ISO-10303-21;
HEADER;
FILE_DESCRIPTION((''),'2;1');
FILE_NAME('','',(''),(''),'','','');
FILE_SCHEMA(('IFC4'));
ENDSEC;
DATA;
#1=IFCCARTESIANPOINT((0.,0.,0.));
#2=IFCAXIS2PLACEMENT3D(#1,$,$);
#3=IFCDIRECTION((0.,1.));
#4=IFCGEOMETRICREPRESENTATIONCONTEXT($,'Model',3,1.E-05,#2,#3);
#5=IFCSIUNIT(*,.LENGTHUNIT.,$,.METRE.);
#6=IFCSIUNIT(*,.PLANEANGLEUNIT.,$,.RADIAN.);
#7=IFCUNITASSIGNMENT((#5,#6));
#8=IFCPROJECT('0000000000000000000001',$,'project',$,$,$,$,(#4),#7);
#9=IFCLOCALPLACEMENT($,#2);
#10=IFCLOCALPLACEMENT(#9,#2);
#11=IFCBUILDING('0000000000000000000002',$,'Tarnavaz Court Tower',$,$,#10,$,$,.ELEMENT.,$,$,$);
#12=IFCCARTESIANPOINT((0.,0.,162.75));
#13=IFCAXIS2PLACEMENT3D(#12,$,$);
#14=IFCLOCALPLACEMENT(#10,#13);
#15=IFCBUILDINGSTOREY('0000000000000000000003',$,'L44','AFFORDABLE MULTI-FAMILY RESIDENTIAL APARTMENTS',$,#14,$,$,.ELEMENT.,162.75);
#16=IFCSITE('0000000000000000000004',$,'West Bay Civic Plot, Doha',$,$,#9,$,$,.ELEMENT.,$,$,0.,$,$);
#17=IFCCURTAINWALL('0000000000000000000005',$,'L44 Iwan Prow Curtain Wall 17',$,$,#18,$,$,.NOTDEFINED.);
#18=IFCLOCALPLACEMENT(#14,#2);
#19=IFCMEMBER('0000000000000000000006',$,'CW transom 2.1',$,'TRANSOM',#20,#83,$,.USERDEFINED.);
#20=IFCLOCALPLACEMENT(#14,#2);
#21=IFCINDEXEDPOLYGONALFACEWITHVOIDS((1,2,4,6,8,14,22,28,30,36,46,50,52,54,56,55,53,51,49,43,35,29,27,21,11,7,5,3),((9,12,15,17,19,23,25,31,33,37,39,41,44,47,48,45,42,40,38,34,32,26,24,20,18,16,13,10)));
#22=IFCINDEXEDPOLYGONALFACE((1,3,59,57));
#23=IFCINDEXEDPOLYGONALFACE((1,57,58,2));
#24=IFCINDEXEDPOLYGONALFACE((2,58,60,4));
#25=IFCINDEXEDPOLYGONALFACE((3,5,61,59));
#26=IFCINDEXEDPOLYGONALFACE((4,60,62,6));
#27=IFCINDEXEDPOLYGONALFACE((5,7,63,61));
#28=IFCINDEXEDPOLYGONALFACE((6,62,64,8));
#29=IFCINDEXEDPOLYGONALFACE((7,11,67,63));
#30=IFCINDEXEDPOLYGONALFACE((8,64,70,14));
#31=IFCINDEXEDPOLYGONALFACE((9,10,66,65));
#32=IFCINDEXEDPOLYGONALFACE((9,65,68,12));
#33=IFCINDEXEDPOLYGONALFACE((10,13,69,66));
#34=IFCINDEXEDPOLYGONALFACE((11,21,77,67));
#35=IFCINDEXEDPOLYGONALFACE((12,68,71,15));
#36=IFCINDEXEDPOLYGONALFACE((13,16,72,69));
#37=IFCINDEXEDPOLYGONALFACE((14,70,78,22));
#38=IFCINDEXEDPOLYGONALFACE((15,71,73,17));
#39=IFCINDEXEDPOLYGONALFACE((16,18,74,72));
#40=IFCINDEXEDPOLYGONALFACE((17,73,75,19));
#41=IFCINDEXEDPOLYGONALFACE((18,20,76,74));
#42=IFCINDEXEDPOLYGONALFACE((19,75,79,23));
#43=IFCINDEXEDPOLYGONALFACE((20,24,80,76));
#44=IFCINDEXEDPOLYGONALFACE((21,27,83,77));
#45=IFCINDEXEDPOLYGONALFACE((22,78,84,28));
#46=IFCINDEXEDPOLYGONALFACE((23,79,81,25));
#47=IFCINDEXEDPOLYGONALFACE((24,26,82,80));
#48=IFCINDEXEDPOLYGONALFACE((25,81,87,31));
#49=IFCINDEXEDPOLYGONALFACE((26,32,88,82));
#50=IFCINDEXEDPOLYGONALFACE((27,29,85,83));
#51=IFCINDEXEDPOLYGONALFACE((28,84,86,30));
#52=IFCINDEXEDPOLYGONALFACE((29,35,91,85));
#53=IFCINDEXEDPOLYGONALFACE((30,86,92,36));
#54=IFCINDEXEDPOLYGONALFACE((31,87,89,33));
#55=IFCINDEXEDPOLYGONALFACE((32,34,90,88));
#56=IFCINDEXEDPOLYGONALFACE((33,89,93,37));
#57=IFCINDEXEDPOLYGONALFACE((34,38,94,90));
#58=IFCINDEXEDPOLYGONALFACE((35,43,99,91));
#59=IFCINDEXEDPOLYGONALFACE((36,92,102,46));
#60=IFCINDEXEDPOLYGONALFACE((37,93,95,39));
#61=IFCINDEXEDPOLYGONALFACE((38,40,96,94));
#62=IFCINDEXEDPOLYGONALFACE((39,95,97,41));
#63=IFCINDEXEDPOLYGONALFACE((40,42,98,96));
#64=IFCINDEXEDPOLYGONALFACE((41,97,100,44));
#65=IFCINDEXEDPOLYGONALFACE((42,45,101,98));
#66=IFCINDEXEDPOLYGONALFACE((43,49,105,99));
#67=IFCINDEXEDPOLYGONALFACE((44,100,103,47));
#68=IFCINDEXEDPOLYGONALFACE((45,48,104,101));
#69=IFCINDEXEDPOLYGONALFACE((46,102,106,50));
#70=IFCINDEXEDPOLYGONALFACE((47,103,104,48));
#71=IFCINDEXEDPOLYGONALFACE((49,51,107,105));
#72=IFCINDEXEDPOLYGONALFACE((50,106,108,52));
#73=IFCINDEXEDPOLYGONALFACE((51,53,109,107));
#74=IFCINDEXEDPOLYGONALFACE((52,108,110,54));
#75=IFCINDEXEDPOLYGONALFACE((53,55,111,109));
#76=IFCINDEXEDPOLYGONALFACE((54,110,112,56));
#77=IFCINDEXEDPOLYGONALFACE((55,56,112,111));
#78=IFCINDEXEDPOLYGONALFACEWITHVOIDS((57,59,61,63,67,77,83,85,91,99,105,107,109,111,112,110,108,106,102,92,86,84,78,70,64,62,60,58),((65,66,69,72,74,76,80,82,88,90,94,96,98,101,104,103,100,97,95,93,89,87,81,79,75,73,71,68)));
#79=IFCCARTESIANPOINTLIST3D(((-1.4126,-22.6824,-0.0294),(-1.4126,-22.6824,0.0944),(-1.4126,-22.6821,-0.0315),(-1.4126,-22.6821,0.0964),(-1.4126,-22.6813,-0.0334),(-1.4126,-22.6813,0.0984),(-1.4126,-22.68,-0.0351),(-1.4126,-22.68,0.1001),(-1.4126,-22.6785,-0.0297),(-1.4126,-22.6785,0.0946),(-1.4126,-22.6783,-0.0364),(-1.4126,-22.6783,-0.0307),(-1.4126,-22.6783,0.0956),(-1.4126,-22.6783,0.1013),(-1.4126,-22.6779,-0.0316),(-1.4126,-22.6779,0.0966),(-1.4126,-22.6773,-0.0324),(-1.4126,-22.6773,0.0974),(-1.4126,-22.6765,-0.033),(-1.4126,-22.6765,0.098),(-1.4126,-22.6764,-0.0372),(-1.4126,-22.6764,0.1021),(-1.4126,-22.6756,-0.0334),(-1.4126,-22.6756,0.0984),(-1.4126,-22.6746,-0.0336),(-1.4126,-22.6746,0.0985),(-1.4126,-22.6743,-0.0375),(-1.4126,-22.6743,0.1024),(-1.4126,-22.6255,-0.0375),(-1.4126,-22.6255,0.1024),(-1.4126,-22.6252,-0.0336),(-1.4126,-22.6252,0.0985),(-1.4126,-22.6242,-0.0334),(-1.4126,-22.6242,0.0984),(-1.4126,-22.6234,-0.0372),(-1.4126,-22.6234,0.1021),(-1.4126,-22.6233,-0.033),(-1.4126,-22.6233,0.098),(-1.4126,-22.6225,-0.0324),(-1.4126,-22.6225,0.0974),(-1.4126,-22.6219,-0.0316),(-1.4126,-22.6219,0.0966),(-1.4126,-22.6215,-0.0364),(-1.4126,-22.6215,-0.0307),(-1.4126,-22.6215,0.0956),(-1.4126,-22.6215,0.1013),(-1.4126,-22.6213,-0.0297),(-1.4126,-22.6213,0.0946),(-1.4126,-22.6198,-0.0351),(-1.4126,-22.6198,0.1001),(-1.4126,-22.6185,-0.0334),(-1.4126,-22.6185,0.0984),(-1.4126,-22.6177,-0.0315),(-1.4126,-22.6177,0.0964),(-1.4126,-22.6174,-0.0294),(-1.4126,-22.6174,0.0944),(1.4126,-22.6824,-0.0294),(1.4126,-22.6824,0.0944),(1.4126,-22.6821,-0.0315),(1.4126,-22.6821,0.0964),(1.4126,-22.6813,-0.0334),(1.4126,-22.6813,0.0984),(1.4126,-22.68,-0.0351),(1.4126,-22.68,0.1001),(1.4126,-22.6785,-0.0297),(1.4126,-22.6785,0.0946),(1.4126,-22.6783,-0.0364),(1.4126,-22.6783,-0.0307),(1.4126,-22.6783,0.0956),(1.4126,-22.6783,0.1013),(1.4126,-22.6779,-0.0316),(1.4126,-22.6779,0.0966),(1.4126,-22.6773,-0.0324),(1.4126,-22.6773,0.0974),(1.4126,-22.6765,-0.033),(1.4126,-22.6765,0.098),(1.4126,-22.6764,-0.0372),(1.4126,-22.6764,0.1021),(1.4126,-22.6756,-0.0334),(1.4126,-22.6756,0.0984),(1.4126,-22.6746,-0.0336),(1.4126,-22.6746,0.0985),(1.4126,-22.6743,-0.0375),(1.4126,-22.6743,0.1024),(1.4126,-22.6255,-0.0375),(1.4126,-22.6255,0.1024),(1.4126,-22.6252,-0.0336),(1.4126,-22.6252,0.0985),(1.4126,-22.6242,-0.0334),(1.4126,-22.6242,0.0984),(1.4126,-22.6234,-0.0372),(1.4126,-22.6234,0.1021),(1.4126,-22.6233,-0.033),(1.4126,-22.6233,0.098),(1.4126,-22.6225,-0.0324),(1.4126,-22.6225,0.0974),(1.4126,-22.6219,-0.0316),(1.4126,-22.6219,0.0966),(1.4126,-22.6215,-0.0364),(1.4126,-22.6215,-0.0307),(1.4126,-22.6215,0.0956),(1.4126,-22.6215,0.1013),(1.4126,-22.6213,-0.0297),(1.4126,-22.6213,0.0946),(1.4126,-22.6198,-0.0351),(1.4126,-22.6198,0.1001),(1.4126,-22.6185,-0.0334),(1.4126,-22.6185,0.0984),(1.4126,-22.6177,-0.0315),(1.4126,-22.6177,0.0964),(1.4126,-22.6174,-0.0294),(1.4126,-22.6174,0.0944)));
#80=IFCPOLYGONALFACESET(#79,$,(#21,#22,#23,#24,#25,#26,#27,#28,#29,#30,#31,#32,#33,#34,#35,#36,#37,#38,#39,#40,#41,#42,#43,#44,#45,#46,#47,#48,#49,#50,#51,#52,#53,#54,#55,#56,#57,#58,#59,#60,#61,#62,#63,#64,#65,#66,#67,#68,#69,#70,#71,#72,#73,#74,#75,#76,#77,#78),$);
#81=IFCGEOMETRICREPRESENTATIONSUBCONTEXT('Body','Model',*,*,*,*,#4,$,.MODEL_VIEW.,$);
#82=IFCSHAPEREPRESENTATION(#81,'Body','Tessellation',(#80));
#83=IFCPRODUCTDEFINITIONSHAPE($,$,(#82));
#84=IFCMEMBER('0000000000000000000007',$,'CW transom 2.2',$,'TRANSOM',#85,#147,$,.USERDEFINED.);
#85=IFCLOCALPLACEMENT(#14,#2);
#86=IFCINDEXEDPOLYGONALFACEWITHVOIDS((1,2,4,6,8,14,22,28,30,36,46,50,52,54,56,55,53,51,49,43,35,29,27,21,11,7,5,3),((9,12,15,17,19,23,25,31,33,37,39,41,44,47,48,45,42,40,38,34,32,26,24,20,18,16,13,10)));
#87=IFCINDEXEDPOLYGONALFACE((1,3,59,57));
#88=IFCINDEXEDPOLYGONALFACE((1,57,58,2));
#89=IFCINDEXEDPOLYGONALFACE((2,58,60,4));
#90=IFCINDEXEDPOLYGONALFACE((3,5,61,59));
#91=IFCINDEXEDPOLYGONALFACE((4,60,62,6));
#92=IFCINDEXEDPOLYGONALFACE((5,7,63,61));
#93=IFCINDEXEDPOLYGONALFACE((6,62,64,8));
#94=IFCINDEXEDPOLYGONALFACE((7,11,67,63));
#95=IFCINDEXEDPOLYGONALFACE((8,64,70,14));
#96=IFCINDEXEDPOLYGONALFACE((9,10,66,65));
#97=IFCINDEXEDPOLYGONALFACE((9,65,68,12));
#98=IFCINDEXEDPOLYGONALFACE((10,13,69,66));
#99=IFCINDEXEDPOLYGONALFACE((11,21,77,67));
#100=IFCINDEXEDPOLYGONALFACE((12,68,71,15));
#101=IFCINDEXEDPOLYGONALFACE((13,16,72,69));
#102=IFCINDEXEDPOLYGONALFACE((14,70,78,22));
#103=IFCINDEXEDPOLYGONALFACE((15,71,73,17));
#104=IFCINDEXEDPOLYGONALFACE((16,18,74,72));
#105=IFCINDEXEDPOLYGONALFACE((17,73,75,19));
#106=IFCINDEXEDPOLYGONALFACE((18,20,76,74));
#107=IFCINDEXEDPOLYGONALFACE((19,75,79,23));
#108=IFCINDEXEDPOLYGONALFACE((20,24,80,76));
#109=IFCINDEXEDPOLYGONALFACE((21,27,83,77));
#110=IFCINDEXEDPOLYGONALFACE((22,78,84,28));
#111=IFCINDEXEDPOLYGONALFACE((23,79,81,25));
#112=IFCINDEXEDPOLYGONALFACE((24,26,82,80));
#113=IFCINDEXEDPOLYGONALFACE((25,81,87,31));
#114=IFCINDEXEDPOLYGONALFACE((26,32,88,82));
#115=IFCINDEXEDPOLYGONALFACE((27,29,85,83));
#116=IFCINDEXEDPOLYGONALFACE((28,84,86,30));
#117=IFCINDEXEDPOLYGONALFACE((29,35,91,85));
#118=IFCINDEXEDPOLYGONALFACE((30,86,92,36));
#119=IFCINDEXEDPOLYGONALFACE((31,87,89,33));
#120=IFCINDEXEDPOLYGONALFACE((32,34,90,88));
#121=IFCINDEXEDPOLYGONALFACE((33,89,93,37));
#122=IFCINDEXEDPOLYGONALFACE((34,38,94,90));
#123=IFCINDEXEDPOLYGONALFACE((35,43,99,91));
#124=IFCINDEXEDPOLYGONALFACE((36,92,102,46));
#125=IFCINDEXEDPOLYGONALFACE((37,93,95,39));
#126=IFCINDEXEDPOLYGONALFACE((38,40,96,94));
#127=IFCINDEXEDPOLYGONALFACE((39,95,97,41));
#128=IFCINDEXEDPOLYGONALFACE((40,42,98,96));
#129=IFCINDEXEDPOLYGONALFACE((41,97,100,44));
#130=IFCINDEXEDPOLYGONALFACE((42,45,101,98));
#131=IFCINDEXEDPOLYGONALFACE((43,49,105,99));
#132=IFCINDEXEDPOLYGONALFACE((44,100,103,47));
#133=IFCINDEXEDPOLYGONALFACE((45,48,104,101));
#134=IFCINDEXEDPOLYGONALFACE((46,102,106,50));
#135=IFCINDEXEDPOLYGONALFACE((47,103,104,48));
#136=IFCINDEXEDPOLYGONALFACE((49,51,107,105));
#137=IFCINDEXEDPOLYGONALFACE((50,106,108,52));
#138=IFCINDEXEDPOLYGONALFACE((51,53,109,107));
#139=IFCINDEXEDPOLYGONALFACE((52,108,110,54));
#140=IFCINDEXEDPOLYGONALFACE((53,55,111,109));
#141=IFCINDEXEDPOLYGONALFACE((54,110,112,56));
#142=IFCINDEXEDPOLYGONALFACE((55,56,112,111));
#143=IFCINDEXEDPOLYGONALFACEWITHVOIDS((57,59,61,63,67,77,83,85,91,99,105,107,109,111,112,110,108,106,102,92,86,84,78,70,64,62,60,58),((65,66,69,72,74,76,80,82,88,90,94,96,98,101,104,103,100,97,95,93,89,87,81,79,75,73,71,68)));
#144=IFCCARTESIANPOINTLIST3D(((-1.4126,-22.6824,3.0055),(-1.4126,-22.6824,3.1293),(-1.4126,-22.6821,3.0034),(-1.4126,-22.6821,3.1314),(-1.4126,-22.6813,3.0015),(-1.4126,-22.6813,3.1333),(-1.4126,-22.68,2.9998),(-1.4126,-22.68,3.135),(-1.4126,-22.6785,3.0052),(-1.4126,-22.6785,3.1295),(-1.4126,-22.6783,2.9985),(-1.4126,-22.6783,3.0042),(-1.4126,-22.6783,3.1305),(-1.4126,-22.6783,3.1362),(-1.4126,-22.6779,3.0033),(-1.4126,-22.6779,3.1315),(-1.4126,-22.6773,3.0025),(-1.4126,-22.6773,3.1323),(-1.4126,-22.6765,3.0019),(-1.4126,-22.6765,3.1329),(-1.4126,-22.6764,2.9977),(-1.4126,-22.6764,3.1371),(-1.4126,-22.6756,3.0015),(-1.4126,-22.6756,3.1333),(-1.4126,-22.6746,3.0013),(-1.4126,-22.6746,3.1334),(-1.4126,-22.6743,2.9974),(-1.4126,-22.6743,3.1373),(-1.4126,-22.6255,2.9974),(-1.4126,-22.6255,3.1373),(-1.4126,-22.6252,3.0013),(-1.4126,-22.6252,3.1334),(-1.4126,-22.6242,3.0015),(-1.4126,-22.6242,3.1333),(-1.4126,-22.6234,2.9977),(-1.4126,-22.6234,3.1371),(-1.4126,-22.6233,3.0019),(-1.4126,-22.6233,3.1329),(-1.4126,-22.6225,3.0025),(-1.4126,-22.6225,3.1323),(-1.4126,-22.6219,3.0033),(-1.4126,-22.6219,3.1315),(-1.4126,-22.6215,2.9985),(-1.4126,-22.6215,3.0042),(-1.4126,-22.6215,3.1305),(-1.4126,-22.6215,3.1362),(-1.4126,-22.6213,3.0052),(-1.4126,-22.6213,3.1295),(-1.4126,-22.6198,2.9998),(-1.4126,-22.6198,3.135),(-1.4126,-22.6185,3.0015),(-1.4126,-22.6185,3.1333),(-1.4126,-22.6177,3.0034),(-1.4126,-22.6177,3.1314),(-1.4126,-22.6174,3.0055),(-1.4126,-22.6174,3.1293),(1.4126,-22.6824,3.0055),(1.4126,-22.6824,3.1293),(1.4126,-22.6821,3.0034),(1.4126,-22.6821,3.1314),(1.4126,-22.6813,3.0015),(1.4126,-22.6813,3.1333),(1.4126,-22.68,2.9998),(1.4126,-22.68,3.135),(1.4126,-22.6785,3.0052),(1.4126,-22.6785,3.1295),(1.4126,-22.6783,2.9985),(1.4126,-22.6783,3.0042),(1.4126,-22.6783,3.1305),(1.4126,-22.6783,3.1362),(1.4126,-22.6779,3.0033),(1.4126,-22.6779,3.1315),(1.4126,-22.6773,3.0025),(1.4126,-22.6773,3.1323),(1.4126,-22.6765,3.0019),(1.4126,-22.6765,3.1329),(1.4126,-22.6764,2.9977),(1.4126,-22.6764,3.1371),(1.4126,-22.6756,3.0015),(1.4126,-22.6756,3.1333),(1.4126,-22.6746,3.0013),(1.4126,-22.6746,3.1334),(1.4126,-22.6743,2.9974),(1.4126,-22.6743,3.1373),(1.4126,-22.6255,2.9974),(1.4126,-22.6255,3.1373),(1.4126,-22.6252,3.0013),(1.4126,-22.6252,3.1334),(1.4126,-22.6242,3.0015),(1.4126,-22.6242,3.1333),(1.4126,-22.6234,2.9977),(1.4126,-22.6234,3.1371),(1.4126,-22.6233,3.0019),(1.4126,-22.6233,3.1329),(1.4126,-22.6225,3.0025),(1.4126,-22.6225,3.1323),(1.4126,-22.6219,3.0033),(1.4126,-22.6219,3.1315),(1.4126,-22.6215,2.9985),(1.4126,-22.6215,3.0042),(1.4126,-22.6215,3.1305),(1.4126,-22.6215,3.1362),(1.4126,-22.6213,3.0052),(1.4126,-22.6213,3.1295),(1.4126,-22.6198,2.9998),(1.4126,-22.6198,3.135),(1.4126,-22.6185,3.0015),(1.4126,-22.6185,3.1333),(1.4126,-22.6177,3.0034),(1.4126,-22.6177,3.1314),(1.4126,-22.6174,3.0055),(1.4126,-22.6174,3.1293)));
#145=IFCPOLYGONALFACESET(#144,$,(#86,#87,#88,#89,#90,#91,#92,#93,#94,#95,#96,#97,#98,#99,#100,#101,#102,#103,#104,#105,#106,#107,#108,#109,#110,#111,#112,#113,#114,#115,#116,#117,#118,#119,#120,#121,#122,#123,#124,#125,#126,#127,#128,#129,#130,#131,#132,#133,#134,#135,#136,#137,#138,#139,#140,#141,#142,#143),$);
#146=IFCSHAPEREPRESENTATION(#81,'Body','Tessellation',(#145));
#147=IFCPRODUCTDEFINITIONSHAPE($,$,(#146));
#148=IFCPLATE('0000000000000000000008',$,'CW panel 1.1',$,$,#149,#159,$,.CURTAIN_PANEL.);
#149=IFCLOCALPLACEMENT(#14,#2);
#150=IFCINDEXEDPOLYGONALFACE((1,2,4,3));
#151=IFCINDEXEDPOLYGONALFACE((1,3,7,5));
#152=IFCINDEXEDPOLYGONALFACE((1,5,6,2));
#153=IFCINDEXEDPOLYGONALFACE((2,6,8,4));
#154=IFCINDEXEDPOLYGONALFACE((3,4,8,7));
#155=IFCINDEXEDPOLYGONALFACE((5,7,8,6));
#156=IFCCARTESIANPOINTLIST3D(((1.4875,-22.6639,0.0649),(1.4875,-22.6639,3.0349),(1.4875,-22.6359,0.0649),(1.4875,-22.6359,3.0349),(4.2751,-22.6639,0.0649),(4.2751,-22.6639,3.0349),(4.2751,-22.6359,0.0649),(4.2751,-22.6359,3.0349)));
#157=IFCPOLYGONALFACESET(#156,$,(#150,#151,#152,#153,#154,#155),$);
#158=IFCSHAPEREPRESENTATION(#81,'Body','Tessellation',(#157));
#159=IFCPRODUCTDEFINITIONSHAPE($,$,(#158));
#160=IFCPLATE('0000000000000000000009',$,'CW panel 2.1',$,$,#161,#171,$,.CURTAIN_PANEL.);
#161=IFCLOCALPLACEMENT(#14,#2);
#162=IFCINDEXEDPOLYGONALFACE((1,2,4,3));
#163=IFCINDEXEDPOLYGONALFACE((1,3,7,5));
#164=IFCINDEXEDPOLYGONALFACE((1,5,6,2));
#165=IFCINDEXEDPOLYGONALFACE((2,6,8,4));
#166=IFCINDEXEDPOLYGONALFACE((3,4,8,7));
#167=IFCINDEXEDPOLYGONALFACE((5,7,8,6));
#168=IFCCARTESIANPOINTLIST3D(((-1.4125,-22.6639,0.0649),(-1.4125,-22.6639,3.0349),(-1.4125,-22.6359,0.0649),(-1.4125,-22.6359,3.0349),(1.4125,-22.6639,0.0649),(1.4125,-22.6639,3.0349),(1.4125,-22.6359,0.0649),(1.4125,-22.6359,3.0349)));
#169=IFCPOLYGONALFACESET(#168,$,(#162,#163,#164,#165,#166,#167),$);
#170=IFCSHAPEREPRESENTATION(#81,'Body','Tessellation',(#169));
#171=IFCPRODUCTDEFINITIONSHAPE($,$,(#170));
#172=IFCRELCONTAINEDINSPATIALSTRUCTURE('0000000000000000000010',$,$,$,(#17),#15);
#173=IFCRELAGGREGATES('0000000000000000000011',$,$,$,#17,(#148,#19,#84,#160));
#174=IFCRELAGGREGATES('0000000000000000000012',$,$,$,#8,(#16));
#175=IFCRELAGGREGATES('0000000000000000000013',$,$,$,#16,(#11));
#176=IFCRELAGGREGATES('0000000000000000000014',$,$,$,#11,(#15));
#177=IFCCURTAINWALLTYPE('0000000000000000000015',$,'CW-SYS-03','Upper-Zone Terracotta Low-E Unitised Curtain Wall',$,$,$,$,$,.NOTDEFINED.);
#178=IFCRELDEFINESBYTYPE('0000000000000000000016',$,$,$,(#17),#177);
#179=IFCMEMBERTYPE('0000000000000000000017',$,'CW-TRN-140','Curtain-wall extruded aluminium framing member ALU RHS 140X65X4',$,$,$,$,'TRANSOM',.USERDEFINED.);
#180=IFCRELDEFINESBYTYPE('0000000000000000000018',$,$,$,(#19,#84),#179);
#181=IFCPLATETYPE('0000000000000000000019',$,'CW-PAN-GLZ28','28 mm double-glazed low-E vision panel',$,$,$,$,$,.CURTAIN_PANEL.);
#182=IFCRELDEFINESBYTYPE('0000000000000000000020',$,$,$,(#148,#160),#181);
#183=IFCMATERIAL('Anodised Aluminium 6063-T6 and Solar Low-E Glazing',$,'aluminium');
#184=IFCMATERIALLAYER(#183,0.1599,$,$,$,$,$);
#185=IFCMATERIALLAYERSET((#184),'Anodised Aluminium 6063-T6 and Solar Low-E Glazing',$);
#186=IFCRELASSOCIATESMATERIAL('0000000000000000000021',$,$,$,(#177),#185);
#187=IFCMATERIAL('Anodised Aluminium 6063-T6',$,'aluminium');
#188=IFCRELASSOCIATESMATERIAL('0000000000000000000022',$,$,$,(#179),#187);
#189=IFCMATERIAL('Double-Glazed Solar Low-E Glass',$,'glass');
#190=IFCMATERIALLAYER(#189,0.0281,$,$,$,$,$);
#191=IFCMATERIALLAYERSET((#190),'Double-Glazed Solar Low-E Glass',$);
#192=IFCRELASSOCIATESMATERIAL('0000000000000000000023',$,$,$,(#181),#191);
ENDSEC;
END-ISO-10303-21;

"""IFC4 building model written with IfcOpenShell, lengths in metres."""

from ifc_helpers import new_model, si_unit, direction, frame, origin, origin_2d, place, context, subcontext, project, spatial, rectangle, hollow_rectangle, extrude, material, layer, layer_set, material_profile, profile_set, type_object, element, aggregate, save


model = new_model("IFC4")

# Units and contexts
model_context = context("Model", 3, precision=1e-05, world=origin(), true_north=direction((0.0, 1.0)))
body_context = subcontext(model_context, "Body", "Model", "MODEL_VIEW")
ifc_project = project(units=[si_unit("LENGTHUNIT", "METRE"), si_unit("PLANEANGLEUNIT", "RADIAN")], contexts=[model_context])

# Site, building, storey
site_placement = place(None, origin())
site = spatial("IfcSite", under=ifc_project, at=site_placement, Name="West Bay Civic Plot, Doha", CompositionType="ELEMENT", RefElevation=0.0)
building_placement = place(site_placement, origin())
building = spatial("IfcBuilding", under=site, at=building_placement, Name="Tarnavaz Court Tower", CompositionType="ELEMENT")
storey_placement = place(building_placement, frame((0.0, 0.0, 162.75)))
storey = spatial("IfcBuildingStorey", under=building, at=storey_placement, Name="L44", Description="AFFORDABLE MULTI-FAMILY RESIDENTIAL APARTMENTS", CompositionType="ELEMENT", Elevation=162.75)

# Curtain wall, members, plates
ifc_material_1 = material(Name="Anodised Aluminium 6063-T6 and Solar Low-E Glazing", Category="aluminium")
ifc_layer_1 = layer(ifc_material_1, 0.1599)
ifc_layer_set_1 = layer_set([ifc_layer_1], Name="Anodised Aluminium 6063-T6 and Solar Low-E Glazing")
curtain_wall_type = type_object("IfcCurtainWallType", Name="CW-SYS-03", Description="Upper-Zone Terracotta Low-E Unitised Curtain Wall", PredefinedType="NOTDEFINED", material=ifc_layer_set_1)
curtain_wall_placement = place(storey_placement, origin())
curtain_wall = element("IfcCurtainWall", 1, at=curtain_wall_placement, inside=storey, type_object=curtain_wall_type, Name="L44 Iwan Prow Curtain Wall 17", PredefinedType="NOTDEFINED")
ifc_material_2 = material(Name="Anodised Aluminium 6063-T6", Category="aluminium")
ifc_material_profile_1 = material_profile(ifc_material_2, hollow_rectangle(XDim=0.0649, YDim=0.1399, WallThickness=0.0039, InnerFilletRadius=0.0039, OuterFilletRadius=0.0081, at=origin_2d()), Name="ALU RHS 140X65X4")
ifc_profile_set_1 = profile_set([ifc_material_profile_1], Name="Anodised Aluminium 6063-T6")
member_type_1 = type_object("IfcMemberType", Name="CW-TRN-140", Description="Curtain-wall extruded aluminium framing member ALU RHS 140X65X4", ElementType="TRANSOM", PredefinedType="USERDEFINED", material=ifc_profile_set_1)
member_1_placement = place(storey_placement, frame((1.4126, -22.6499, 0.0325), z_axis=(-1.0, 0.0, 0.0), x_axis=(0.0, -1.0, 0.0)))
member_1 = element("IfcMember", 2, at=member_1_placement, type_object=member_type_1, Name="CW transom 2.1", ObjectType="TRANSOM", PredefinedType="USERDEFINED", context=body_context, shape_type="SweptSolid", body=[
    extrude(hollow_rectangle(XDim=0.0649, YDim=0.1399, WallThickness=0.0039, InnerFilletRadius=0.0039, OuterFilletRadius=0.0081, at=origin_2d()), origin(), (0.0, 0.0, 1.0), 2.8252),
])
member_2_placement = place(storey_placement, frame((1.4126, -22.6499, 3.0674), z_axis=(-1.0, 0.0, 0.0), x_axis=(0.0, -1.0, 0.0)))
member_2 = element("IfcMember", 3, at=member_2_placement, type_object=member_type_1, Name="CW transom 2.2", ObjectType="TRANSOM", PredefinedType="USERDEFINED", context=body_context, shape_type="SweptSolid", body=[
    extrude(hollow_rectangle(XDim=0.0649, YDim=0.1399, WallThickness=0.0039, InnerFilletRadius=0.0039, OuterFilletRadius=0.0081, at=origin_2d()), origin(), (0.0, 0.0, 1.0), 2.8252),
])
ifc_material_3 = material(Name="Double-Glazed Solar Low-E Glass", Category="glass")
ifc_layer_2 = layer(ifc_material_3, 0.0281)
ifc_layer_set_2 = layer_set([ifc_layer_2], Name="Double-Glazed Solar Low-E Glass")
plate_type = type_object("IfcPlateType", Name="CW-PAN-GLZ28", Description="28 mm double-glazed low-E vision panel", PredefinedType="CURTAIN_PANEL", material=ifc_layer_set_2)
plate_1_placement = place(storey_placement, frame((2.8813, -22.6499, 0.0649), z_axis=(0.0, 0.0, 1.0), x_axis=(-1.0, 0.0, 0.0)))
plate_1 = element("IfcPlate", 4, at=plate_1_placement, type_object=plate_type, Name="CW panel 1.1", PredefinedType="CURTAIN_PANEL", context=body_context, shape_type="SweptSolid", body=[
    extrude(rectangle(XDim=2.7876, YDim=0.0281, at=origin_2d()), origin(), (0.0, 0.0, 1.0), 2.97),
])
plate_2_placement = place(storey_placement, frame((0.0, -22.6499, 0.0649), z_axis=(0.0, 0.0, 1.0), x_axis=(-1.0, 0.0, 0.0)))
plate_2 = element("IfcPlate", 5, at=plate_2_placement, type_object=plate_type, Name="CW panel 2.1", PredefinedType="CURTAIN_PANEL", context=body_context, shape_type="SweptSolid", body=[
    extrude(rectangle(XDim=2.825, YDim=0.0281, at=origin_2d()), origin(), (0.0, 0.0, 1.0), 2.97),
])
aggregate(curtain_wall, [plate_1, member_1, member_2, plate_2])

save(model, "model.ifc")
